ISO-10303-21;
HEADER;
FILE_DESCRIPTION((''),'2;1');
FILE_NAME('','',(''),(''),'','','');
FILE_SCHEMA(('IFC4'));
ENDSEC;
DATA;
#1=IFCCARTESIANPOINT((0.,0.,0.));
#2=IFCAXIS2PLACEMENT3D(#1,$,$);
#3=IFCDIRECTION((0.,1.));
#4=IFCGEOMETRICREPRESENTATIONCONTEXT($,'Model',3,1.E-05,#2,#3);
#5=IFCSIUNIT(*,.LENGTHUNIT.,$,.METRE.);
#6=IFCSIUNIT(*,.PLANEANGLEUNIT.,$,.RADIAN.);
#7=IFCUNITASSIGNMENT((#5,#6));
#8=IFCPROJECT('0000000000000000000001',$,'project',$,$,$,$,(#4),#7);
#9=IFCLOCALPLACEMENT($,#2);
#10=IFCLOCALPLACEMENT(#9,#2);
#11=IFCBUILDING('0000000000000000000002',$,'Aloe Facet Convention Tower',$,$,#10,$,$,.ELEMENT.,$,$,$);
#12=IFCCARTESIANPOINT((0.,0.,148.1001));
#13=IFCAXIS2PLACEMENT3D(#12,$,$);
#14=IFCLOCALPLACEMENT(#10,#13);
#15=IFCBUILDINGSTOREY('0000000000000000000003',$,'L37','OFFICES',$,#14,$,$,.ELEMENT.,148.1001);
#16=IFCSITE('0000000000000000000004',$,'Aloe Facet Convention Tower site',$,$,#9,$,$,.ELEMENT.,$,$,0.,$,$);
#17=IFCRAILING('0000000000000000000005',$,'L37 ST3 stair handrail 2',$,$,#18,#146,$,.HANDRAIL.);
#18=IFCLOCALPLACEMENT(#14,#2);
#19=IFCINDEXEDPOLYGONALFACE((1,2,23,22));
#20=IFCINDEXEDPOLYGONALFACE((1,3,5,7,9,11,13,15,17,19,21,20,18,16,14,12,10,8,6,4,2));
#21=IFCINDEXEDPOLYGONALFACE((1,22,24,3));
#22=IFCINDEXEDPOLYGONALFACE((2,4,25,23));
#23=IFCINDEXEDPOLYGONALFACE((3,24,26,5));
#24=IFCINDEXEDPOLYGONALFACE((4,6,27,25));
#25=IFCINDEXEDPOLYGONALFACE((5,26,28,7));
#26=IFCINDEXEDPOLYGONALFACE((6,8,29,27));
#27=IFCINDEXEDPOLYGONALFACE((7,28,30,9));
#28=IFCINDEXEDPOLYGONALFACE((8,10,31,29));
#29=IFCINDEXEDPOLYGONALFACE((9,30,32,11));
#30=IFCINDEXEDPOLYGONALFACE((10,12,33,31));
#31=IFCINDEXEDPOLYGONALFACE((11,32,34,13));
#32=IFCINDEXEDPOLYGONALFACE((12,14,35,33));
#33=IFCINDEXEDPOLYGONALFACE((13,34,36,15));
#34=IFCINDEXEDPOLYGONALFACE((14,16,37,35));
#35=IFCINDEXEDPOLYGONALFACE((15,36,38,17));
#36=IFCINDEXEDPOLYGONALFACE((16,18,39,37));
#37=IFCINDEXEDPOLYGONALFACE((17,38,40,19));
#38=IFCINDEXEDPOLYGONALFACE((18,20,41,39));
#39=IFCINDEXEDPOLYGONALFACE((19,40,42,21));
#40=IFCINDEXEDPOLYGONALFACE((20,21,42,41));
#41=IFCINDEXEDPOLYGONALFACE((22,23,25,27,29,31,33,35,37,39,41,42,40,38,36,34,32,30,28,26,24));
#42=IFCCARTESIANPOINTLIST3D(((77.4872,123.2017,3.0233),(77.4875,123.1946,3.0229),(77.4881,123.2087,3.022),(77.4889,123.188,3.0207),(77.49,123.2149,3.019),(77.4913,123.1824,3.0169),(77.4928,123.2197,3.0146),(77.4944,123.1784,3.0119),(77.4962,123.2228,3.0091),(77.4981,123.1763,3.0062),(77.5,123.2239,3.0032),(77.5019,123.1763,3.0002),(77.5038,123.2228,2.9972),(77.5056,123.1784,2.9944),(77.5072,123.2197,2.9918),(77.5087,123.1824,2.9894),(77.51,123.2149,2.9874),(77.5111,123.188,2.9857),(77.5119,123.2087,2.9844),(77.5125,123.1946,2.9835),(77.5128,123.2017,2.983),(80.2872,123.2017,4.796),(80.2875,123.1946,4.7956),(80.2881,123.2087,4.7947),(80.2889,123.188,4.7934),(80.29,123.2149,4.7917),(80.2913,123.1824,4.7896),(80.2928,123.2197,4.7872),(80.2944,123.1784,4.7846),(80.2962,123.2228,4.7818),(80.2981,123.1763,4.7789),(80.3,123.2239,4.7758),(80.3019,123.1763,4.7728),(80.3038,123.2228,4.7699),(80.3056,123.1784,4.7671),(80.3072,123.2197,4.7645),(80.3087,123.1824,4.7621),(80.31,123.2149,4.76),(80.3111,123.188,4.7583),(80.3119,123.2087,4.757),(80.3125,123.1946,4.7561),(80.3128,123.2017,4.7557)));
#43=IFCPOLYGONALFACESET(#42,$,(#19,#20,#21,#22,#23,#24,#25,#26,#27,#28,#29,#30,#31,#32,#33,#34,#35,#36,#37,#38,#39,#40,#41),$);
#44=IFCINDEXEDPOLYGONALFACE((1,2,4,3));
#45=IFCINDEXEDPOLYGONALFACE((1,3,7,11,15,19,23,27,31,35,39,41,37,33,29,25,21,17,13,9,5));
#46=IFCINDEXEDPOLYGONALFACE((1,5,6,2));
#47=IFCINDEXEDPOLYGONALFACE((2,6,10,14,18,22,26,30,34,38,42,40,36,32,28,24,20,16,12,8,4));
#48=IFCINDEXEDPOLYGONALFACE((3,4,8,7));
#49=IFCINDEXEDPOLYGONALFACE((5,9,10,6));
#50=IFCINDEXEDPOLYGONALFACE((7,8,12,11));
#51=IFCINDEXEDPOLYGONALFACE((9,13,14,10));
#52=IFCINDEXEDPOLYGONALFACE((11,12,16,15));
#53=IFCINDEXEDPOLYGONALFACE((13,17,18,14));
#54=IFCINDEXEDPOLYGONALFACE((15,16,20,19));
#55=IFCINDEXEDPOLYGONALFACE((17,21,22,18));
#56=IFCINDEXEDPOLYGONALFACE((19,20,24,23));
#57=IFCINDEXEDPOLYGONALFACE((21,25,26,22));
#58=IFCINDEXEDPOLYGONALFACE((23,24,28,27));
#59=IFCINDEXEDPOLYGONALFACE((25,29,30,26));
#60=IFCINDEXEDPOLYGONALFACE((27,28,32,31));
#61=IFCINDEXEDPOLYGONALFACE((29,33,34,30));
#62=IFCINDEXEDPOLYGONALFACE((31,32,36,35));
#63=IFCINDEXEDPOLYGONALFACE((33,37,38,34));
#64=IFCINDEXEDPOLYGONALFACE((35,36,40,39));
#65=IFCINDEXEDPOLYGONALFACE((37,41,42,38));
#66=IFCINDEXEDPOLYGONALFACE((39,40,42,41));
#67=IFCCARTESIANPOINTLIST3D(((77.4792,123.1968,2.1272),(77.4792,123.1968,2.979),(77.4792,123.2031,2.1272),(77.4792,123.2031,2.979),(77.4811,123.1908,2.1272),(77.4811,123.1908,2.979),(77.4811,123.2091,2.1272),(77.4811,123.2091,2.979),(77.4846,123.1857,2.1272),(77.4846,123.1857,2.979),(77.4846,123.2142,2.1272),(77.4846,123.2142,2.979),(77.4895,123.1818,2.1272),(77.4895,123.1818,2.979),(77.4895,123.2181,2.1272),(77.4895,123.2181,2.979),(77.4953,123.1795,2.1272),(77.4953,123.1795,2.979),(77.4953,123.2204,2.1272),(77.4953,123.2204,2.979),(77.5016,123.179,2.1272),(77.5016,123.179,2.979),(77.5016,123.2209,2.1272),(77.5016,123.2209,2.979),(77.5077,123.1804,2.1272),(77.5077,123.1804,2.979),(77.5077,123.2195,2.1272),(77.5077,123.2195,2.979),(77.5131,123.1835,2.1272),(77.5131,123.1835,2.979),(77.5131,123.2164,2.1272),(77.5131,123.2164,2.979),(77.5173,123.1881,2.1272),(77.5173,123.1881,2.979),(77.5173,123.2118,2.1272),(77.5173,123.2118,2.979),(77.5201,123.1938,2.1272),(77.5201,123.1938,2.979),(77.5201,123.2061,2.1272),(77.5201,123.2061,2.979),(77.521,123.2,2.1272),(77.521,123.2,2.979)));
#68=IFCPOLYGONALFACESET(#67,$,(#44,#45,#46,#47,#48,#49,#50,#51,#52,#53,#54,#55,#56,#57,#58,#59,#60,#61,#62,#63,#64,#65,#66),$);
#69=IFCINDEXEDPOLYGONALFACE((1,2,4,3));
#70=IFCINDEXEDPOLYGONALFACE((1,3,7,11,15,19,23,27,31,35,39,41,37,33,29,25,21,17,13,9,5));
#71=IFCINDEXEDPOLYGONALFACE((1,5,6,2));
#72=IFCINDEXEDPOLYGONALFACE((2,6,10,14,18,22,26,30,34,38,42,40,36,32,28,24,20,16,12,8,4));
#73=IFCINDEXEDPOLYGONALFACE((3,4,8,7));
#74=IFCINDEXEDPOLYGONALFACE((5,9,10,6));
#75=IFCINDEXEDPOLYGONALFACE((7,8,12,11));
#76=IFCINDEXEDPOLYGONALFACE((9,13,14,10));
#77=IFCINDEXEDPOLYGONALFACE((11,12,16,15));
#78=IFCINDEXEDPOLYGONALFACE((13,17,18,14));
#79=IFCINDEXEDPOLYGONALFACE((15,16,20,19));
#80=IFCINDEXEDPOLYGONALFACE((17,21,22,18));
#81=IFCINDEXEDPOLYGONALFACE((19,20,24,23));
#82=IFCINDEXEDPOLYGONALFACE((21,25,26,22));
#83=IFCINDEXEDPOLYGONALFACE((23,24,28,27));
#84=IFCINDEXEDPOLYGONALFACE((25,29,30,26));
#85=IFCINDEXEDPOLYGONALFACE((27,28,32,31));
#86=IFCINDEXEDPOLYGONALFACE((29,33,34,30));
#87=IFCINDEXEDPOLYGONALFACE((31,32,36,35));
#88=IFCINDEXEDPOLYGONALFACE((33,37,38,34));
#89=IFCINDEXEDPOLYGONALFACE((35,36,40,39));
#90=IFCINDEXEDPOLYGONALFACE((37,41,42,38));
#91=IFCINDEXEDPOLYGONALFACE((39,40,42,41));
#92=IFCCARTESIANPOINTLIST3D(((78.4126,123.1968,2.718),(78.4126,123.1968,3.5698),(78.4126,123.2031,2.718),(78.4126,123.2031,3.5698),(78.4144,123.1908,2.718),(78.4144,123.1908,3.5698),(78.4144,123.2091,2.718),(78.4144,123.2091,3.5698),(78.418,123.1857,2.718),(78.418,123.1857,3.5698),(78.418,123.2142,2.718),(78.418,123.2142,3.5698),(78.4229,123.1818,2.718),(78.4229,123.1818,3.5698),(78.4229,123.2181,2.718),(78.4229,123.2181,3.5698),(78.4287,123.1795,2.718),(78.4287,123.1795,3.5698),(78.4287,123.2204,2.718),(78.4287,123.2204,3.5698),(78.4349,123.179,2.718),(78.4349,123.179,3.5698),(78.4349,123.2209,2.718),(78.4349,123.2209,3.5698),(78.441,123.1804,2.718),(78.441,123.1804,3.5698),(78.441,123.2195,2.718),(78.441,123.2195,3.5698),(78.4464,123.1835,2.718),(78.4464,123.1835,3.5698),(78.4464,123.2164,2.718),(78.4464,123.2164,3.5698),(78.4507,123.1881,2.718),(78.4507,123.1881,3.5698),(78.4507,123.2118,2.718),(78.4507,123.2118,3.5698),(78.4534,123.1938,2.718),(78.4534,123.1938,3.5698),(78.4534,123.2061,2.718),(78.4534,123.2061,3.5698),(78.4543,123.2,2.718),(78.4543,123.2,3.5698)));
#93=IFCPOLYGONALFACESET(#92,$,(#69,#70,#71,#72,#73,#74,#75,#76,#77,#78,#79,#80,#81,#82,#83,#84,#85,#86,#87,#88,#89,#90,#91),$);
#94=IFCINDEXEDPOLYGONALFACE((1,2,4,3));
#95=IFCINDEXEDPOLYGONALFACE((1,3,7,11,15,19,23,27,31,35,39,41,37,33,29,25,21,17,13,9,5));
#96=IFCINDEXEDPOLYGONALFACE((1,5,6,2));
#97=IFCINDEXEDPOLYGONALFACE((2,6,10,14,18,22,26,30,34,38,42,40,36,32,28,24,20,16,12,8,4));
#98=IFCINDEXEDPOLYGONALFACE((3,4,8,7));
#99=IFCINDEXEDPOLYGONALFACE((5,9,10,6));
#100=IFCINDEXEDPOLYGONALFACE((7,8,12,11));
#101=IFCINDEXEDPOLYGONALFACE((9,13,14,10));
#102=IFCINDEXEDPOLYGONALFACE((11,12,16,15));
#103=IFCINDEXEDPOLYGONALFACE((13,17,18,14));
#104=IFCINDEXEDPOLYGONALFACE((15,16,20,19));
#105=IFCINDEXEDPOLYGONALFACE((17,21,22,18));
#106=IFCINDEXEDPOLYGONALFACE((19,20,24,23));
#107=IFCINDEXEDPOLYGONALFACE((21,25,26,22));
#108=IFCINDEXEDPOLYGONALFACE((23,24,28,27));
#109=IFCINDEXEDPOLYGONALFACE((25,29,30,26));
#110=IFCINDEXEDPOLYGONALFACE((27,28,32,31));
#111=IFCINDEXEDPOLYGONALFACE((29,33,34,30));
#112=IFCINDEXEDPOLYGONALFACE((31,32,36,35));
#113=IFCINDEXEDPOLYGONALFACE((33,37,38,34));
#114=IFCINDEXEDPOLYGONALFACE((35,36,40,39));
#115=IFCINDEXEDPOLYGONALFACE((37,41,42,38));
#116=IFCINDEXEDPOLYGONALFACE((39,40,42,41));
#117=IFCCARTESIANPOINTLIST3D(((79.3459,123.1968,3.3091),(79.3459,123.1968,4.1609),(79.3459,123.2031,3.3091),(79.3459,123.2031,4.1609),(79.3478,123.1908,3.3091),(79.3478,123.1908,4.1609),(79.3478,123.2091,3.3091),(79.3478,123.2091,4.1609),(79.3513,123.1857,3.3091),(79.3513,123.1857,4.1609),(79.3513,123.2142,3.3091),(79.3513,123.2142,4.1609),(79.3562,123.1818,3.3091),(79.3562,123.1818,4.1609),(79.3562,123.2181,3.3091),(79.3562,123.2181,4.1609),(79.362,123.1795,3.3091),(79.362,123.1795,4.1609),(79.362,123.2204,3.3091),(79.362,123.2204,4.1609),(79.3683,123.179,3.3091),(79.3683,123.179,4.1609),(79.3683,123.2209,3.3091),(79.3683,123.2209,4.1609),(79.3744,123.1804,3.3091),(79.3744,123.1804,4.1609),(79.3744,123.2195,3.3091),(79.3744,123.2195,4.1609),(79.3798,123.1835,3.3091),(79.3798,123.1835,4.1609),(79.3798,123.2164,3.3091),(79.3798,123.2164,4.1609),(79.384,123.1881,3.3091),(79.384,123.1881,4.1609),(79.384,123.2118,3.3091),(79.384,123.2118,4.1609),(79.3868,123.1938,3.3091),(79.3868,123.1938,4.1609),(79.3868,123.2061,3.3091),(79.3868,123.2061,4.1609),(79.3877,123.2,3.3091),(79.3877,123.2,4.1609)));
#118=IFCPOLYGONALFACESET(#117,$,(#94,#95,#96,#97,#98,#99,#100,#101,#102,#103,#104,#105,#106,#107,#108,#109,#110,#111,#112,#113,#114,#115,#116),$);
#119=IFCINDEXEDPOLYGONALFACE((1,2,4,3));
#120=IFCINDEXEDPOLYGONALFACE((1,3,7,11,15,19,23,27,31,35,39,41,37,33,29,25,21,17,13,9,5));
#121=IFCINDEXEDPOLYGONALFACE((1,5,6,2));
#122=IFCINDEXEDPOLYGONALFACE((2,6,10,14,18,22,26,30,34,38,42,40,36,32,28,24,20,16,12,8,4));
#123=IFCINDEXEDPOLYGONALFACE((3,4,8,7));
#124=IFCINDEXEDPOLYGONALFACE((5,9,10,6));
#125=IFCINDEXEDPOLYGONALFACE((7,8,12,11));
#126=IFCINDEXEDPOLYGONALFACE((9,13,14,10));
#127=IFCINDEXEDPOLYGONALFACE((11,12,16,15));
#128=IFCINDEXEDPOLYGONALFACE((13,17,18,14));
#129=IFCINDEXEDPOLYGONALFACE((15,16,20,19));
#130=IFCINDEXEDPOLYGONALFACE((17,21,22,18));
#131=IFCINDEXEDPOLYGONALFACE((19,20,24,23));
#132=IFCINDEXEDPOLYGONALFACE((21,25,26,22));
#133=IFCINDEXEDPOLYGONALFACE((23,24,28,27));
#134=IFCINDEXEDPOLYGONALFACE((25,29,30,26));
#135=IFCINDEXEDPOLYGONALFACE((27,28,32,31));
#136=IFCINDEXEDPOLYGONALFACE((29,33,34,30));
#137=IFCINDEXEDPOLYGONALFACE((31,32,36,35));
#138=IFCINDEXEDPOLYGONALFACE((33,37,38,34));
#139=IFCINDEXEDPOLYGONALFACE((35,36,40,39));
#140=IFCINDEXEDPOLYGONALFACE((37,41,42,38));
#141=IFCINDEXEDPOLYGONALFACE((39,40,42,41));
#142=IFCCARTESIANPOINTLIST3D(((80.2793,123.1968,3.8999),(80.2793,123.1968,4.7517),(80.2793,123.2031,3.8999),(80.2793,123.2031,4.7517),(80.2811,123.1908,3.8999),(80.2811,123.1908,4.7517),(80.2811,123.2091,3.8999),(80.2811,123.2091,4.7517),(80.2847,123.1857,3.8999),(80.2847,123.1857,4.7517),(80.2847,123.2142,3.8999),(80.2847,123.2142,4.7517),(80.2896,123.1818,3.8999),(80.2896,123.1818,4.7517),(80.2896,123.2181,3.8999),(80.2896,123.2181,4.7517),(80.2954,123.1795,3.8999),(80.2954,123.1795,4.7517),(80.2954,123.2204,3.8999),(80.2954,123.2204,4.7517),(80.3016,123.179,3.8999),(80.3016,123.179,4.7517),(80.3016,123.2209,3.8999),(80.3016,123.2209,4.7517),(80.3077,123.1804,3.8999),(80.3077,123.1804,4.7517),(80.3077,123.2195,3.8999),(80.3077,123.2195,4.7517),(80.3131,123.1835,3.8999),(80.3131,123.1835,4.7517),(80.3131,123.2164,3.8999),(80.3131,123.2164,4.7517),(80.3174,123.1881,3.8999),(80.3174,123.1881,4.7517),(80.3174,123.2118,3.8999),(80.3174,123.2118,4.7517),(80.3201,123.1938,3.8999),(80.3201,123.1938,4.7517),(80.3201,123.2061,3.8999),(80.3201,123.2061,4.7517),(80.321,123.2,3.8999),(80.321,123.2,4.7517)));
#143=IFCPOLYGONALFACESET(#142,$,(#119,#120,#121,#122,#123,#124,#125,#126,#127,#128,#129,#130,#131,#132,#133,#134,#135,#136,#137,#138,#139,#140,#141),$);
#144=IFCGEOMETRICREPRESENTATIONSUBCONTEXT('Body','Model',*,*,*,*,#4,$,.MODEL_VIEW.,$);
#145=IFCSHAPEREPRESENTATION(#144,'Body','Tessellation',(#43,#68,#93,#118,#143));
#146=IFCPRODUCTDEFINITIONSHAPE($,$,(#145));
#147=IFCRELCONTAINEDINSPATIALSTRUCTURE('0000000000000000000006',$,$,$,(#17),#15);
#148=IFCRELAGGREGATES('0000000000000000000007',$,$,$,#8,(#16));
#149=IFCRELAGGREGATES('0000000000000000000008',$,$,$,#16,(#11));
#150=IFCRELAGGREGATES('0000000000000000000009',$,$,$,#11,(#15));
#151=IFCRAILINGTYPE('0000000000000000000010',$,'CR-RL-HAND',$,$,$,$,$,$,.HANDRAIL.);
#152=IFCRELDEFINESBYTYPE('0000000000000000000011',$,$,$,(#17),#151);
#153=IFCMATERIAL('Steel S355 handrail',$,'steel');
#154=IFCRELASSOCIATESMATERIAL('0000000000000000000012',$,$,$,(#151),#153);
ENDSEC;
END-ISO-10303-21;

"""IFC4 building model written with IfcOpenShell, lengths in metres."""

from ifc_helpers import new_model, si_unit, direction, frame, origin, origin_2d, place, context, subcontext, project, spatial, circle, extrude, material, type_object, element, save


model = new_model("IFC4")

# Units and contexts
model_context = context("Model", 3, precision=1e-05, world=origin(), true_north=direction((0.0, 1.0)))
body_context = subcontext(model_context, "Body", "Model", "MODEL_VIEW")
ifc_project = project(units=[si_unit("LENGTHUNIT", "METRE"), si_unit("PLANEANGLEUNIT", "RADIAN")], contexts=[model_context])

# Site, building, storey
site_placement = place(None, origin())
site = spatial("IfcSite", under=ifc_project, at=site_placement, Name="Aloe Facet Convention Tower site", CompositionType="ELEMENT", RefElevation=0.0)
building_placement = place(site_placement, origin())
building = spatial("IfcBuilding", under=site, at=building_placement, Name="Aloe Facet Convention Tower", CompositionType="ELEMENT")
storey_placement = place(building_placement, frame((0.0, 0.0, 148.1001)))
storey = spatial("IfcBuildingStorey", under=building, at=storey_placement, Name="L37", Description="OFFICES", CompositionType="ELEMENT", Elevation=148.1001)

# Railing
ifc_material_1 = material(Name="Steel S355 handrail", Category="steel")
railing_type_1 = type_object("IfcRailingType", Name="CR-RL-HAND", PredefinedType="HANDRAIL", material=ifc_material_1)
railing_1_placement = place(storey_placement, frame((77.5, 123.2, 2.1272)))
element("IfcRailing", 1, at=railing_1_placement, inside=storey, type_object=railing_type_1, Name="L37 ST3 stair handrail 2", PredefinedType="HANDRAIL", context=body_context, shape_type="SweptSolid", body=[
    extrude(circle(Radius=0.0239, at=origin_2d()), frame((0.0, 0.0, 0.876), z_axis=(0.844909, 0.0, 0.53491), x_axis=(0.0, 1.0, 0.0)), (0.0, 0.0, 1.0), 3.314),
    extrude(circle(Radius=0.021, at=origin_2d()), origin(), (0.0, 0.0, 1.0), 0.8518),
    extrude(circle(Radius=0.021, at=origin_2d()), frame((0.9333, 0.0, 0.5908)), (0.0, 0.0, 1.0), 0.8518),
    extrude(circle(Radius=0.021, at=origin_2d()), frame((1.8667, 0.0, 1.1819)), (0.0, 0.0, 1.0), 0.8518),
    extrude(circle(Radius=0.021, at=origin_2d()), frame((2.8, 0.0, 1.7727)), (0.0, 0.0, 1.0), 0.8518),
])

save(model, "model.ifc")
